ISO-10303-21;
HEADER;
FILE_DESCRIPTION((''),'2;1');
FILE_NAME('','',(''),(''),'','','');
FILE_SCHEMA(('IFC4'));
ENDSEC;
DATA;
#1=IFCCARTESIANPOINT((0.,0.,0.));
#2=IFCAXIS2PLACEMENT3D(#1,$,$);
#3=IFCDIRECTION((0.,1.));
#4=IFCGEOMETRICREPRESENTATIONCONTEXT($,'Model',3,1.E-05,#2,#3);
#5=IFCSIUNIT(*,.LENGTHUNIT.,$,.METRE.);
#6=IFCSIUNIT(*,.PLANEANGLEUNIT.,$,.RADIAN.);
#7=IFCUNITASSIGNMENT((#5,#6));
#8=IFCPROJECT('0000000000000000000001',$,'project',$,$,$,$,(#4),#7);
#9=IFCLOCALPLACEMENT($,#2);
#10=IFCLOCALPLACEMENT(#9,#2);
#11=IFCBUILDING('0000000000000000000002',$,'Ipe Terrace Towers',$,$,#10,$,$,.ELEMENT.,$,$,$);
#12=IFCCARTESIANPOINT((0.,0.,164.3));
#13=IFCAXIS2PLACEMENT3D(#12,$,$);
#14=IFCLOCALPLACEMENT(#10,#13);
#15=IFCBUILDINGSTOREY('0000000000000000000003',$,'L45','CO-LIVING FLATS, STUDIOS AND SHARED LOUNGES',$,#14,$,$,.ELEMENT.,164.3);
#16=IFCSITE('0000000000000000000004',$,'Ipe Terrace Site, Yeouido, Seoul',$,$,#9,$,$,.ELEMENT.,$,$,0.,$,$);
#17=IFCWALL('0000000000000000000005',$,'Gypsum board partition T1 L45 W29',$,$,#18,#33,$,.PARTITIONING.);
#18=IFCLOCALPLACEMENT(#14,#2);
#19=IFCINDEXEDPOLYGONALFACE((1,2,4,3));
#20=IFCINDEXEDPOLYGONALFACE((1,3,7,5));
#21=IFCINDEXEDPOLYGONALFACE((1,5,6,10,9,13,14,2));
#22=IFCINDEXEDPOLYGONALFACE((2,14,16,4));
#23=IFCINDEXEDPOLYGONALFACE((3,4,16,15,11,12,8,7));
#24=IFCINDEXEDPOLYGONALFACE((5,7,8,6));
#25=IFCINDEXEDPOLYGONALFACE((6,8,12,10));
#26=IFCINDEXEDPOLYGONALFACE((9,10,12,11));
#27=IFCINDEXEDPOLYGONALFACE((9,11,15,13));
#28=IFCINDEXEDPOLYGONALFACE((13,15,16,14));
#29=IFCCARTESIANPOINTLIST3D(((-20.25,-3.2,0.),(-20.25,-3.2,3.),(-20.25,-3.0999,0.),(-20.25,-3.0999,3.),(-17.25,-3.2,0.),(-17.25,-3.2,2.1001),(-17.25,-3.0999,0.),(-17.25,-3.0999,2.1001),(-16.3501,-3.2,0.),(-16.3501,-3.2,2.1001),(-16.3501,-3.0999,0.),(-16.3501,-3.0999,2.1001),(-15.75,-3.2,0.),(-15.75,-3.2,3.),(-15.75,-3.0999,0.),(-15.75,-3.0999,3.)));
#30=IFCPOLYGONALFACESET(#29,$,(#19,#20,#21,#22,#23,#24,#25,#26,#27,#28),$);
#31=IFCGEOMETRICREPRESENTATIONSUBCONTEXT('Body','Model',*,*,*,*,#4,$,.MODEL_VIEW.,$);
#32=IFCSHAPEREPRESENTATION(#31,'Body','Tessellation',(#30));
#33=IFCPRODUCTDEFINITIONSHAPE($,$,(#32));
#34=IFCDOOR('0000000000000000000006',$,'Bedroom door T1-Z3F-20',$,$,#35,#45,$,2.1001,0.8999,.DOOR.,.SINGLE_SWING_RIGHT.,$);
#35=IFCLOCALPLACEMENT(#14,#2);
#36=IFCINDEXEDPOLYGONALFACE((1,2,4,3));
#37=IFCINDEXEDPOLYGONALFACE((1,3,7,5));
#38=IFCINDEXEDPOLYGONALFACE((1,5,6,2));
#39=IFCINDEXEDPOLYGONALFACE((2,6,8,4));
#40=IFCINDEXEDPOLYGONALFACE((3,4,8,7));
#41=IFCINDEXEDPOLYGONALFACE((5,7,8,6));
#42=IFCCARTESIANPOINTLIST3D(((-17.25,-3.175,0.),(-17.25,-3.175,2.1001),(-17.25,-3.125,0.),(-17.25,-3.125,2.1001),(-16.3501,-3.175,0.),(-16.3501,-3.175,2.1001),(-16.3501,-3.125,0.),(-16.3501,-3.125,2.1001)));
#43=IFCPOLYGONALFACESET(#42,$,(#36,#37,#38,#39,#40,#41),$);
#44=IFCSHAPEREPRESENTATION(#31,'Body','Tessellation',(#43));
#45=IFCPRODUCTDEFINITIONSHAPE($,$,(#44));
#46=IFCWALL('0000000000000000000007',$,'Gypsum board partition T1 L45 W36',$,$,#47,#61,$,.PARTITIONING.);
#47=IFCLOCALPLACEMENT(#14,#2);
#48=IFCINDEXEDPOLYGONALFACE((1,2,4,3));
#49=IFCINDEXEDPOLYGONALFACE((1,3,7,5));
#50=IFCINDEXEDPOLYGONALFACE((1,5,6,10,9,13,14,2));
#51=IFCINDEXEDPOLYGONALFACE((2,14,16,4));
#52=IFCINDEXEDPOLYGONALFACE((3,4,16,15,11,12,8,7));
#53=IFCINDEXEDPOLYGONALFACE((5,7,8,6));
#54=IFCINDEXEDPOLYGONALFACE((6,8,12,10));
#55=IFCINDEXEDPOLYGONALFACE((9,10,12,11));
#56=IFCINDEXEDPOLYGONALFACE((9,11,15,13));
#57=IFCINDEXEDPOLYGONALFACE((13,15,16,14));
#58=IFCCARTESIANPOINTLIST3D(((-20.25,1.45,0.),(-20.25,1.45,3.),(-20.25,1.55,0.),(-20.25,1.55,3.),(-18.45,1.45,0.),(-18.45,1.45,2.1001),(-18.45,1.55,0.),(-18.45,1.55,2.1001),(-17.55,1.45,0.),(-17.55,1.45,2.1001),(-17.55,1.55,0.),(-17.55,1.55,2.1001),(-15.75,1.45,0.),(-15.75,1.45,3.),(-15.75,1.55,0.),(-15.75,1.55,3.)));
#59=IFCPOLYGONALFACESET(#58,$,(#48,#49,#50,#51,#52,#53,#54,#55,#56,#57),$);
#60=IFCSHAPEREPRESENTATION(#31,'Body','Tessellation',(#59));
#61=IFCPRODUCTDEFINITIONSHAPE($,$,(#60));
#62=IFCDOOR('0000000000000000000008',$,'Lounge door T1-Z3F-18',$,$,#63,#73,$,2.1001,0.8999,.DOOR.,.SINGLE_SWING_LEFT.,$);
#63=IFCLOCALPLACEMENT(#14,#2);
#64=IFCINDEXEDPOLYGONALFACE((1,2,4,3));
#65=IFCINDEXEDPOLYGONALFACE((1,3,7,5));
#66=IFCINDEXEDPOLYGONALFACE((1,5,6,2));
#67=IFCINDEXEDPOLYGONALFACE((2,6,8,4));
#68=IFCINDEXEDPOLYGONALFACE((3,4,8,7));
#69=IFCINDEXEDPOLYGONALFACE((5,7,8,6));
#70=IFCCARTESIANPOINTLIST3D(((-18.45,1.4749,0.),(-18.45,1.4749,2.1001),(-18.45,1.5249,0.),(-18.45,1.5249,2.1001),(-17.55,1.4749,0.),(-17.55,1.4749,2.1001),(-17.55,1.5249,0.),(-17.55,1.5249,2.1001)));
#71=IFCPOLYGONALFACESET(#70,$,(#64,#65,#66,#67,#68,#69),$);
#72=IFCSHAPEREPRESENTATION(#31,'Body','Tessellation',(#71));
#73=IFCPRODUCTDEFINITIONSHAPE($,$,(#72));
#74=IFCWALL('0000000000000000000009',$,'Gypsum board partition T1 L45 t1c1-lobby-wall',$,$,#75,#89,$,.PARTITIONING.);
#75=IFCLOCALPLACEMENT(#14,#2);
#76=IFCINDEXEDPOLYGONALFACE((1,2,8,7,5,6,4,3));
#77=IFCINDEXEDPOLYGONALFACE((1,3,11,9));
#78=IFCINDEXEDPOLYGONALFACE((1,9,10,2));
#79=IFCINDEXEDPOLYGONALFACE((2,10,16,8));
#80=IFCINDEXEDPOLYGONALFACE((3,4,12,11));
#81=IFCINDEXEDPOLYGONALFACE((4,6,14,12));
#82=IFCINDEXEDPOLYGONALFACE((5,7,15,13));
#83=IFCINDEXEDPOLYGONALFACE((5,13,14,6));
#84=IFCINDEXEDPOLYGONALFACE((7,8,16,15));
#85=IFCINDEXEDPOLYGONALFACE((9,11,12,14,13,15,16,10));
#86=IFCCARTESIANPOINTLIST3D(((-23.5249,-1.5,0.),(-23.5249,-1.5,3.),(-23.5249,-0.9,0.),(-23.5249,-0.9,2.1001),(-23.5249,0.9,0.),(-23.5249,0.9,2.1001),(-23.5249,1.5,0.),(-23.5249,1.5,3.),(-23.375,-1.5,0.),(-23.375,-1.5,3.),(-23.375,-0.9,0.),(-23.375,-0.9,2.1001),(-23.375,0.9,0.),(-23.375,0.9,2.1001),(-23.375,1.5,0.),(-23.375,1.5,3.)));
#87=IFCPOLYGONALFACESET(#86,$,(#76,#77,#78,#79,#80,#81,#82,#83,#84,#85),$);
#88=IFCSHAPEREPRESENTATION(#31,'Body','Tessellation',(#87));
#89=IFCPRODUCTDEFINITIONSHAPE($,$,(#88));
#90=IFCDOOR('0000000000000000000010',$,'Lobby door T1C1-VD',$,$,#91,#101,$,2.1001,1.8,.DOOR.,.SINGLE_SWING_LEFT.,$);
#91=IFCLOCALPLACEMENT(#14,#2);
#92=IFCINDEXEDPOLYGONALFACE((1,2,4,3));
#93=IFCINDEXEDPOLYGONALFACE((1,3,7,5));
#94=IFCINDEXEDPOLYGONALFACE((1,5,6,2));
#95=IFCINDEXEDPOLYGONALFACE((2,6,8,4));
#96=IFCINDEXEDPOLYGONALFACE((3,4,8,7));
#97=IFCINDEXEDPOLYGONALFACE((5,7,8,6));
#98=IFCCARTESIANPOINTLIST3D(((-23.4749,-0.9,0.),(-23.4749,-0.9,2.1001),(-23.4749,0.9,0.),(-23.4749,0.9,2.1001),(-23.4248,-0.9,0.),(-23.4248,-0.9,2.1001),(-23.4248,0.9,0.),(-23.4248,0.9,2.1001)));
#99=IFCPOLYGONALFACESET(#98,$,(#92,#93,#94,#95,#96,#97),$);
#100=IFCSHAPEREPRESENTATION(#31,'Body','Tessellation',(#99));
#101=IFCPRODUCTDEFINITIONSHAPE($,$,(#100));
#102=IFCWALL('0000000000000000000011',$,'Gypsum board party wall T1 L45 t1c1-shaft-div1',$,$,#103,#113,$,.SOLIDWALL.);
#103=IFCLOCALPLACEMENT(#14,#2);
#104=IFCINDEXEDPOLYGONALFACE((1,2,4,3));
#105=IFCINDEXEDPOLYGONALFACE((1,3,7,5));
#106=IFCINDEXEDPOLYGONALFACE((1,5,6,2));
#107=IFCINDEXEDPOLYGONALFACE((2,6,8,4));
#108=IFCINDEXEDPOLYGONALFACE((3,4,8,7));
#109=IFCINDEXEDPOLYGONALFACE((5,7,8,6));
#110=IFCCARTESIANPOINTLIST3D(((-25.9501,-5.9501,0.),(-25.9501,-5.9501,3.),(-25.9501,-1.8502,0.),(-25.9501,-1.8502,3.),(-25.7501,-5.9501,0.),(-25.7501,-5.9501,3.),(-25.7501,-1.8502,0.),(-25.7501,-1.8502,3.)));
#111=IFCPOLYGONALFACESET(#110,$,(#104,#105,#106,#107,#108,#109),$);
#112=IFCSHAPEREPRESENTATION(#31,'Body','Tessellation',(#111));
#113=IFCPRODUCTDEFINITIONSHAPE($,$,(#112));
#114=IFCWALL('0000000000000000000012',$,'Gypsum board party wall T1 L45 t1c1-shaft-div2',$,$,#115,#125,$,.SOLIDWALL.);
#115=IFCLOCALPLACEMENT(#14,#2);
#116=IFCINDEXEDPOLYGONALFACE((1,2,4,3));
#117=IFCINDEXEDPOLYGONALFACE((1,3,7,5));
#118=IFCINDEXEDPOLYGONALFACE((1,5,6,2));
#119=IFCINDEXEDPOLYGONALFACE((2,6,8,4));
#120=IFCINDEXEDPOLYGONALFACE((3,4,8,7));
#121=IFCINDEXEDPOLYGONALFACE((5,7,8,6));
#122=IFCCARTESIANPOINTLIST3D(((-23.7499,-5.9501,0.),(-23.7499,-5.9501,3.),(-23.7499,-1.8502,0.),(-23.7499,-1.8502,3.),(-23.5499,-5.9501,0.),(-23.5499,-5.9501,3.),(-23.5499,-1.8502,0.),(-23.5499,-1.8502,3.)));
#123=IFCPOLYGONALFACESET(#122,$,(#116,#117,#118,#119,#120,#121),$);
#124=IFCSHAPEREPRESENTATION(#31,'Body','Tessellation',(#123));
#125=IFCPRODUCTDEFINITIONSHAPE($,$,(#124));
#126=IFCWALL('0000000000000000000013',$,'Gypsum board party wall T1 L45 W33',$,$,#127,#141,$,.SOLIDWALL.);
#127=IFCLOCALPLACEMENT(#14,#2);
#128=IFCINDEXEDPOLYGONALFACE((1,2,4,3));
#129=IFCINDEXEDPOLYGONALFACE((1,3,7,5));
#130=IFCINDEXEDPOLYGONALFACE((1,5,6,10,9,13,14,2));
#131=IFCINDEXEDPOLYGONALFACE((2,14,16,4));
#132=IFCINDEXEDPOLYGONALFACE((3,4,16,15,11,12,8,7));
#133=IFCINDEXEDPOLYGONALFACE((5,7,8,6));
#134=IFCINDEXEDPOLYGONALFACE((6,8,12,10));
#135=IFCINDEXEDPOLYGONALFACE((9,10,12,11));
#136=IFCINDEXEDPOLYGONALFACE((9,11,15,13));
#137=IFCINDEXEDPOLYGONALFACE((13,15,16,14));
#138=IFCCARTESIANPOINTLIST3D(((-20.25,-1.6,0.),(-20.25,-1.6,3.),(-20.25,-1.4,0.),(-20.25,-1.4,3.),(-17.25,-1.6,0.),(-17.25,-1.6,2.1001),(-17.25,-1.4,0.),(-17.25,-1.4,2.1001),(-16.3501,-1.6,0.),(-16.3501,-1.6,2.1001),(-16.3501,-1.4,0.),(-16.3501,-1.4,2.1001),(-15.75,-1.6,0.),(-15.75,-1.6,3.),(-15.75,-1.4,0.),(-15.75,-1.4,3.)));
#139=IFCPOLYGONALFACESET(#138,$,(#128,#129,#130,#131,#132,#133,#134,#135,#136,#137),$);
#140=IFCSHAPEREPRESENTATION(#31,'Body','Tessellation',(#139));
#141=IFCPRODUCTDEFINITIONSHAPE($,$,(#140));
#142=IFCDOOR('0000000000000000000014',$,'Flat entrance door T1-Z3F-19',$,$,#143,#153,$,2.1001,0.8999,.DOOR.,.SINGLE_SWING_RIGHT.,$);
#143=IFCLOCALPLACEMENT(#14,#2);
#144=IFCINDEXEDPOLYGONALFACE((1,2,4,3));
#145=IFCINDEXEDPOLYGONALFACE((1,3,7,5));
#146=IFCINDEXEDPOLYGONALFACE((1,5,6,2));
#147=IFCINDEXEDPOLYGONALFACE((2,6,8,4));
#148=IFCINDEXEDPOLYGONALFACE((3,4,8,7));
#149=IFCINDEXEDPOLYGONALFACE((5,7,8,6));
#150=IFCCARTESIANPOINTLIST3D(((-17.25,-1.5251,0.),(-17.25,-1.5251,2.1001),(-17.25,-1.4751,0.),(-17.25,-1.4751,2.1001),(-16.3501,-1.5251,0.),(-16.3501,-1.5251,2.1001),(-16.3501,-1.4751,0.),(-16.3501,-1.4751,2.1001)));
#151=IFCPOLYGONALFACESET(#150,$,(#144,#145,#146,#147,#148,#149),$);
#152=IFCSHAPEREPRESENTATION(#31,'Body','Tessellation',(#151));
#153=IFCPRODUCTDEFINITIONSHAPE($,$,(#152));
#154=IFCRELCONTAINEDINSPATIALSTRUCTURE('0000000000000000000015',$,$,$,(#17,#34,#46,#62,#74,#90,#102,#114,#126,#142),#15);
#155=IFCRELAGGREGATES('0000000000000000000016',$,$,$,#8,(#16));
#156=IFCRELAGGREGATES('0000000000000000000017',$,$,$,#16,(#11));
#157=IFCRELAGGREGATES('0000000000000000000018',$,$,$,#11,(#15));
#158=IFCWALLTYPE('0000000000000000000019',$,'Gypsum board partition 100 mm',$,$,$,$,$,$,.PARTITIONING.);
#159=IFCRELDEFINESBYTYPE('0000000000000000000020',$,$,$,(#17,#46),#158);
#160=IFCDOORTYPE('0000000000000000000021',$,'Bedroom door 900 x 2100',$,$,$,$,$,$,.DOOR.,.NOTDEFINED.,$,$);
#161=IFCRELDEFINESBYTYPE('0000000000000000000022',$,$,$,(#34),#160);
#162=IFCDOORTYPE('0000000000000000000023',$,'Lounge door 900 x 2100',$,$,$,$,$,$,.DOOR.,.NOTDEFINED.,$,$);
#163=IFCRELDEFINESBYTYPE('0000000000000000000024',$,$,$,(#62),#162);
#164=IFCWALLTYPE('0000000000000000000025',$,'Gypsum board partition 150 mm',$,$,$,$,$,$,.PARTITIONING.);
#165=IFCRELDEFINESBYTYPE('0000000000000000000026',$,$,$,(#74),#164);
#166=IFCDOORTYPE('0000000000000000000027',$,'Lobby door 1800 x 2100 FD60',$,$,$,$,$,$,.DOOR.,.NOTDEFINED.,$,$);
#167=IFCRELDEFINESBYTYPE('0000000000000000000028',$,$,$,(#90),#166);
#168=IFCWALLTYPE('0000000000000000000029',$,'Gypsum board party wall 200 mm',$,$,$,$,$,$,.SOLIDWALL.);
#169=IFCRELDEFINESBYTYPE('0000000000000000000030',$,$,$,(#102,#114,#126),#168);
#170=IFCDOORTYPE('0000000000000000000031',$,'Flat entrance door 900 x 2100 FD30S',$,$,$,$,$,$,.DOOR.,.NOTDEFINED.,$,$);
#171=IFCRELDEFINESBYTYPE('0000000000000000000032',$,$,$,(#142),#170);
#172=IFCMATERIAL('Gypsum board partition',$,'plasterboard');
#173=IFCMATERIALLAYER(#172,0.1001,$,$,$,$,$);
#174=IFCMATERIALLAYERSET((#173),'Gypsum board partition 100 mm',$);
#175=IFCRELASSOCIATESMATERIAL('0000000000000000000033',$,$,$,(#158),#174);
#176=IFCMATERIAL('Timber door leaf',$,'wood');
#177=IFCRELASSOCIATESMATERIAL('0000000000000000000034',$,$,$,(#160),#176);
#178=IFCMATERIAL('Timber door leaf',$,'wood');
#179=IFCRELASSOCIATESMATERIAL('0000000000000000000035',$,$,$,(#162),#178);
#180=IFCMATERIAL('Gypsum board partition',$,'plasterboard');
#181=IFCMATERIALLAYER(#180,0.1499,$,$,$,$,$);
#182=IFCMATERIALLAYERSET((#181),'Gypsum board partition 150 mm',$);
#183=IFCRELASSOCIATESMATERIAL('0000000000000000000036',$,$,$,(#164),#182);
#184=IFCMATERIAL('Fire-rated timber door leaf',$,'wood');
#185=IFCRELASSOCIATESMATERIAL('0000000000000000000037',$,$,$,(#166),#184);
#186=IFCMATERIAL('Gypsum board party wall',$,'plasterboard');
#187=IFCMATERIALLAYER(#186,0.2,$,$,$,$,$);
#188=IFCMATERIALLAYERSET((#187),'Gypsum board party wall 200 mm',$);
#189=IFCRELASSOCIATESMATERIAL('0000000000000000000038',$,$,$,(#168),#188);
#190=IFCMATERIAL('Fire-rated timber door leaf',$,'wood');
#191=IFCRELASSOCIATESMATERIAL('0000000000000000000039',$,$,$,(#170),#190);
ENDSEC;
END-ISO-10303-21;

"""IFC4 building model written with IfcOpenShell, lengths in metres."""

from ifc_helpers import new_model, si_unit, direction, frame, frame_2d, origin, place, context, subcontext, project, spatial, rectangle, extrude, material, layer, layer_set, type_object, element, fill, save


model = new_model("IFC4")

# Units and contexts
model_context = context("Model", 3, precision=1e-05, world=origin(), true_north=direction((0.0, 1.0)))
body_context = subcontext(model_context, "Body", "Model", "MODEL_VIEW")
ifc_project = project(units=[si_unit("LENGTHUNIT", "METRE"), si_unit("PLANEANGLEUNIT", "RADIAN")], contexts=[model_context])

# Site, building, storey
site_placement = place(None, origin())
site = spatial("IfcSite", under=ifc_project, at=site_placement, Name="Ipe Terrace Site, Yeouido, Seoul", CompositionType="ELEMENT", RefElevation=0.0)
building_placement = place(site_placement, origin())
building = spatial("IfcBuilding", under=site, at=building_placement, Name="Ipe Terrace Towers", CompositionType="ELEMENT")
storey_placement = place(building_placement, frame((0.0, 0.0, 164.3)))
storey = spatial("IfcBuildingStorey", under=building, at=storey_placement, Name="L45", Description="CO-LIVING FLATS, STUDIOS AND SHARED LOUNGES", CompositionType="ELEMENT", Elevation=164.3)

# Walls, openings, doors
ifc_material_1 = material(Name="Gypsum board partition", Category="plasterboard")
ifc_layer_1 = layer(ifc_material_1, 0.1001)
ifc_layer_set_1 = layer_set([ifc_layer_1], Name="Gypsum board partition 100 mm")
wall_type_1 = type_object("IfcWallType", Name="Gypsum board partition 100 mm", PredefinedType="PARTITIONING", material=ifc_layer_set_1)
wall_1_placement = place(storey_placement, frame((-20.25, -3.1499, 0.0), z_axis=(0.0, 0.0, 1.0), x_axis=(1.0, 0.0, 0.0)))
wall_1 = element("IfcWall", 1, at=wall_1_placement, inside=storey, type_object=wall_type_1, Name="Gypsum board partition T1 L45 W29", PredefinedType="PARTITIONING", context=body_context, shape_type="SweptSolid", body=[
    extrude(rectangle(XDim=4.5, YDim=0.1001, at=frame_2d((2.25, 0.0))), origin(), (0.0, 0.0, 1.0), 3.0),
])
opening_1_placement = place(wall_1_placement, frame((3.0, 0.0, 0.0)))
opening_1 = element("IfcOpeningElement", 2, at=opening_1_placement, cuts=wall_1, PredefinedType="OPENING", context=body_context, shape_type="SweptSolid", body=[
    extrude(rectangle(XDim=0.8999, YDim=2.1001, at=frame_2d((0.45, 1.05))), frame((0.0, 0.0601, 0.0), z_axis=(0.0, -1.0, 0.0), x_axis=(1.0, 0.0, 0.0)), (0.0, 0.0, 1.0), 0.1201),
])
ifc_material_2 = material(Name="Timber door leaf", Category="wood")
door_type_1 = type_object("IfcDoorType", Name="Bedroom door 900 x 2100", OperationType="NOTDEFINED", PredefinedType="DOOR", material=ifc_material_2)
door_1_placement = place(opening_1_placement, origin())
door_1 = element("IfcDoor", 3, at=door_1_placement, inside=storey, type_object=door_type_1, Name="Bedroom door T1-Z3F-20", OperationType="SINGLE_SWING_RIGHT", OverallHeight=2.1001, OverallWidth=0.8999, PredefinedType="DOOR", context=body_context, shape_type="SweptSolid", body=[
    extrude(rectangle(XDim=0.8999, YDim=2.1001, at=frame_2d((0.45, 1.05))), frame((0.0, 0.0249, 0.0), z_axis=(0.0, -1.0, 0.0), x_axis=(1.0, 0.0, 0.0)), (0.0, 0.0, 1.0), 0.05),
])
fill(opening_1, door_1)
wall_2_placement = place(storey_placement, frame((-20.25, 1.5, 0.0), z_axis=(0.0, 0.0, 1.0), x_axis=(1.0, 0.0, 0.0)))
wall_2 = element("IfcWall", 4, at=wall_2_placement, inside=storey, type_object=wall_type_1, Name="Gypsum board partition T1 L45 W36", PredefinedType="PARTITIONING", context=body_context, shape_type="SweptSolid", body=[
    extrude(rectangle(XDim=4.5, YDim=0.1001, at=frame_2d((2.25, 0.0))), origin(), (0.0, 0.0, 1.0), 3.0),
])
opening_2_placement = place(wall_2_placement, frame((1.8, 0.0, 0.0)))
opening_2 = element("IfcOpeningElement", 5, at=opening_2_placement, cuts=wall_2, PredefinedType="OPENING", context=body_context, shape_type="SweptSolid", body=[
    extrude(rectangle(XDim=0.8999, YDim=2.1001, at=frame_2d((0.45, 1.05))), frame((0.0, 0.0601, 0.0), z_axis=(0.0, -1.0, 0.0), x_axis=(1.0, 0.0, 0.0)), (0.0, 0.0, 1.0), 0.1201),
])
ifc_material_3 = material(Name="Timber door leaf", Category="wood")
door_type_2 = type_object("IfcDoorType", Name="Lounge door 900 x 2100", OperationType="NOTDEFINED", PredefinedType="DOOR", material=ifc_material_3)
door_2_placement = place(opening_2_placement, origin())
door_2 = element("IfcDoor", 6, at=door_2_placement, inside=storey, type_object=door_type_2, Name="Lounge door T1-Z3F-18", OperationType="SINGLE_SWING_LEFT", OverallHeight=2.1001, OverallWidth=0.8999, PredefinedType="DOOR", context=body_context, shape_type="SweptSolid", body=[
    extrude(rectangle(XDim=0.8999, YDim=2.1001, at=frame_2d((0.45, 1.05))), frame((0.0, 0.0249, 0.0), z_axis=(0.0, -1.0, 0.0), x_axis=(1.0, 0.0, 0.0)), (0.0, 0.0, 1.0), 0.05),
])
fill(opening_2, door_2)
ifc_material_4 = material(Name="Gypsum board partition", Category="plasterboard")
ifc_layer_2 = layer(ifc_material_4, 0.1499)
ifc_layer_set_2 = layer_set([ifc_layer_2], Name="Gypsum board partition 150 mm")
wall_type_2 = type_object("IfcWallType", Name="Gypsum board partition 150 mm", PredefinedType="PARTITIONING", material=ifc_layer_set_2)
wall_3_placement = place(storey_placement, frame((-23.45, -1.5, 0.0), z_axis=(0.0, 0.0, 1.0), x_axis=(0.0, 1.0, 0.0)))
wall_3 = element("IfcWall", 7, at=wall_3_placement, inside=storey, type_object=wall_type_2, Name="Gypsum board partition T1 L45 t1c1-lobby-wall", PredefinedType="PARTITIONING", context=body_context, shape_type="SweptSolid", body=[
    extrude(rectangle(XDim=3.0, YDim=0.1499, at=frame_2d((1.5, 0.0))), origin(), (0.0, 0.0, 1.0), 3.0),
])
opening_3_placement = place(wall_3_placement, frame((0.6001, 0.0, 0.0)))
opening_3 = element("IfcOpeningElement", 8, at=opening_3_placement, cuts=wall_3, PredefinedType="OPENING", context=body_context, shape_type="SweptSolid", body=[
    extrude(rectangle(XDim=1.8, YDim=2.1001, at=frame_2d((0.8999, 1.05))), frame((0.0, 0.085, 0.0), z_axis=(0.0, -1.0, 0.0), x_axis=(1.0, 0.0, 0.0)), (0.0, 0.0, 1.0), 0.1699),
])
ifc_material_5 = material(Name="Fire-rated timber door leaf", Category="wood")
door_type_3 = type_object("IfcDoorType", Name="Lobby door 1800 x 2100 FD60", OperationType="NOTDEFINED", PredefinedType="DOOR", material=ifc_material_5)
door_3_placement = place(opening_3_placement, origin())
door_3 = element("IfcDoor", 9, at=door_3_placement, inside=storey, type_object=door_type_3, Name="Lobby door T1C1-VD", OperationType="SINGLE_SWING_LEFT", OverallHeight=2.1001, OverallWidth=1.8, PredefinedType="DOOR", context=body_context, shape_type="SweptSolid", body=[
    extrude(rectangle(XDim=1.8, YDim=2.1001, at=frame_2d((0.8999, 1.05))), frame((0.0, 0.0249, 0.0), z_axis=(0.0, -1.0, 0.0), x_axis=(1.0, 0.0, 0.0)), (0.0, 0.0, 1.0), 0.05),
])
fill(opening_3, door_3)

# Walls
ifc_material_6 = material(Name="Gypsum board party wall", Category="plasterboard")
ifc_layer_3 = layer(ifc_material_6, 0.2)
ifc_layer_set_3 = layer_set([ifc_layer_3], Name="Gypsum board party wall 200 mm")
wall_type_3 = type_object("IfcWallType", Name="Gypsum board party wall 200 mm", PredefinedType="SOLIDWALL", material=ifc_layer_set_3)
for number, where, z_axis, x_axis, name in (
    (10, (-25.8501, -5.95, 0.0), (0.0, 0.0, 1.0), (0.0, 1.0, 0.0), "Gypsum board party wall T1 L45 t1c1-shaft-div1"),
    (11, (-23.6499, -5.95, 0.0), (0.0, 0.0, 1.0), (0.0, 1.0, 0.0), "Gypsum board party wall T1 L45 t1c1-shaft-div2"),
):
    element("IfcWall", number, at=place(storey_placement, frame(where, z_axis=z_axis, x_axis=x_axis)), inside=storey, type_object=wall_type_3, Name=name, PredefinedType="SOLIDWALL", context=body_context, shape_type="SweptSolid", body=[
        extrude(rectangle(XDim=4.0999, YDim=0.2, at=frame_2d((2.0498, 0.0))), origin(), (0.0, 0.0, 1.0), 3.0),
    ])

# Wall, opening, door
wall_4_placement = place(storey_placement, frame((-20.25, -1.5, 0.0), z_axis=(0.0, 0.0, 1.0), x_axis=(1.0, 0.0, 0.0)))
wall_4 = element("IfcWall", 12, at=wall_4_placement, inside=storey, type_object=wall_type_3, Name="Gypsum board party wall T1 L45 W33", PredefinedType="SOLIDWALL", context=body_context, shape_type="SweptSolid", body=[
    extrude(rectangle(XDim=4.5, YDim=0.2, at=frame_2d((2.25, 0.0))), origin(), (0.0, 0.0, 1.0), 3.0),
])
opening_4_placement = place(wall_4_placement, frame((3.0, 0.0, 0.0)))
opening_4 = element("IfcOpeningElement", 13, at=opening_4_placement, cuts=wall_4, PredefinedType="OPENING", context=body_context, shape_type="SweptSolid", body=[
    extrude(rectangle(XDim=0.8999, YDim=2.1001, at=frame_2d((0.45, 1.05))), frame((0.0, 0.1099, 0.0), z_axis=(0.0, -1.0, 0.0), x_axis=(1.0, 0.0, 0.0)), (0.0, 0.0, 1.0), 0.22),
])
ifc_material_7 = material(Name="Fire-rated timber door leaf", Category="wood")
door_type_4 = type_object("IfcDoorType", Name="Flat entrance door 900 x 2100 FD30S", OperationType="NOTDEFINED", PredefinedType="DOOR", material=ifc_material_7)
door_4_placement = place(opening_4_placement, origin())
door_4 = element("IfcDoor", 14, at=door_4_placement, inside=storey, type_object=door_type_4, Name="Flat entrance door T1-Z3F-19", OperationType="SINGLE_SWING_RIGHT", OverallHeight=2.1001, OverallWidth=0.8999, PredefinedType="DOOR", context=body_context, shape_type="SweptSolid", body=[
    extrude(rectangle(XDim=0.8999, YDim=2.1001, at=frame_2d((0.45, 1.05))), frame((0.0, 0.0249, 0.0), z_axis=(0.0, -1.0, 0.0), x_axis=(1.0, 0.0, 0.0)), (0.0, 0.0, 1.0), 0.05),
])
fill(opening_4, door_4)

save(model, "model.ifc")
